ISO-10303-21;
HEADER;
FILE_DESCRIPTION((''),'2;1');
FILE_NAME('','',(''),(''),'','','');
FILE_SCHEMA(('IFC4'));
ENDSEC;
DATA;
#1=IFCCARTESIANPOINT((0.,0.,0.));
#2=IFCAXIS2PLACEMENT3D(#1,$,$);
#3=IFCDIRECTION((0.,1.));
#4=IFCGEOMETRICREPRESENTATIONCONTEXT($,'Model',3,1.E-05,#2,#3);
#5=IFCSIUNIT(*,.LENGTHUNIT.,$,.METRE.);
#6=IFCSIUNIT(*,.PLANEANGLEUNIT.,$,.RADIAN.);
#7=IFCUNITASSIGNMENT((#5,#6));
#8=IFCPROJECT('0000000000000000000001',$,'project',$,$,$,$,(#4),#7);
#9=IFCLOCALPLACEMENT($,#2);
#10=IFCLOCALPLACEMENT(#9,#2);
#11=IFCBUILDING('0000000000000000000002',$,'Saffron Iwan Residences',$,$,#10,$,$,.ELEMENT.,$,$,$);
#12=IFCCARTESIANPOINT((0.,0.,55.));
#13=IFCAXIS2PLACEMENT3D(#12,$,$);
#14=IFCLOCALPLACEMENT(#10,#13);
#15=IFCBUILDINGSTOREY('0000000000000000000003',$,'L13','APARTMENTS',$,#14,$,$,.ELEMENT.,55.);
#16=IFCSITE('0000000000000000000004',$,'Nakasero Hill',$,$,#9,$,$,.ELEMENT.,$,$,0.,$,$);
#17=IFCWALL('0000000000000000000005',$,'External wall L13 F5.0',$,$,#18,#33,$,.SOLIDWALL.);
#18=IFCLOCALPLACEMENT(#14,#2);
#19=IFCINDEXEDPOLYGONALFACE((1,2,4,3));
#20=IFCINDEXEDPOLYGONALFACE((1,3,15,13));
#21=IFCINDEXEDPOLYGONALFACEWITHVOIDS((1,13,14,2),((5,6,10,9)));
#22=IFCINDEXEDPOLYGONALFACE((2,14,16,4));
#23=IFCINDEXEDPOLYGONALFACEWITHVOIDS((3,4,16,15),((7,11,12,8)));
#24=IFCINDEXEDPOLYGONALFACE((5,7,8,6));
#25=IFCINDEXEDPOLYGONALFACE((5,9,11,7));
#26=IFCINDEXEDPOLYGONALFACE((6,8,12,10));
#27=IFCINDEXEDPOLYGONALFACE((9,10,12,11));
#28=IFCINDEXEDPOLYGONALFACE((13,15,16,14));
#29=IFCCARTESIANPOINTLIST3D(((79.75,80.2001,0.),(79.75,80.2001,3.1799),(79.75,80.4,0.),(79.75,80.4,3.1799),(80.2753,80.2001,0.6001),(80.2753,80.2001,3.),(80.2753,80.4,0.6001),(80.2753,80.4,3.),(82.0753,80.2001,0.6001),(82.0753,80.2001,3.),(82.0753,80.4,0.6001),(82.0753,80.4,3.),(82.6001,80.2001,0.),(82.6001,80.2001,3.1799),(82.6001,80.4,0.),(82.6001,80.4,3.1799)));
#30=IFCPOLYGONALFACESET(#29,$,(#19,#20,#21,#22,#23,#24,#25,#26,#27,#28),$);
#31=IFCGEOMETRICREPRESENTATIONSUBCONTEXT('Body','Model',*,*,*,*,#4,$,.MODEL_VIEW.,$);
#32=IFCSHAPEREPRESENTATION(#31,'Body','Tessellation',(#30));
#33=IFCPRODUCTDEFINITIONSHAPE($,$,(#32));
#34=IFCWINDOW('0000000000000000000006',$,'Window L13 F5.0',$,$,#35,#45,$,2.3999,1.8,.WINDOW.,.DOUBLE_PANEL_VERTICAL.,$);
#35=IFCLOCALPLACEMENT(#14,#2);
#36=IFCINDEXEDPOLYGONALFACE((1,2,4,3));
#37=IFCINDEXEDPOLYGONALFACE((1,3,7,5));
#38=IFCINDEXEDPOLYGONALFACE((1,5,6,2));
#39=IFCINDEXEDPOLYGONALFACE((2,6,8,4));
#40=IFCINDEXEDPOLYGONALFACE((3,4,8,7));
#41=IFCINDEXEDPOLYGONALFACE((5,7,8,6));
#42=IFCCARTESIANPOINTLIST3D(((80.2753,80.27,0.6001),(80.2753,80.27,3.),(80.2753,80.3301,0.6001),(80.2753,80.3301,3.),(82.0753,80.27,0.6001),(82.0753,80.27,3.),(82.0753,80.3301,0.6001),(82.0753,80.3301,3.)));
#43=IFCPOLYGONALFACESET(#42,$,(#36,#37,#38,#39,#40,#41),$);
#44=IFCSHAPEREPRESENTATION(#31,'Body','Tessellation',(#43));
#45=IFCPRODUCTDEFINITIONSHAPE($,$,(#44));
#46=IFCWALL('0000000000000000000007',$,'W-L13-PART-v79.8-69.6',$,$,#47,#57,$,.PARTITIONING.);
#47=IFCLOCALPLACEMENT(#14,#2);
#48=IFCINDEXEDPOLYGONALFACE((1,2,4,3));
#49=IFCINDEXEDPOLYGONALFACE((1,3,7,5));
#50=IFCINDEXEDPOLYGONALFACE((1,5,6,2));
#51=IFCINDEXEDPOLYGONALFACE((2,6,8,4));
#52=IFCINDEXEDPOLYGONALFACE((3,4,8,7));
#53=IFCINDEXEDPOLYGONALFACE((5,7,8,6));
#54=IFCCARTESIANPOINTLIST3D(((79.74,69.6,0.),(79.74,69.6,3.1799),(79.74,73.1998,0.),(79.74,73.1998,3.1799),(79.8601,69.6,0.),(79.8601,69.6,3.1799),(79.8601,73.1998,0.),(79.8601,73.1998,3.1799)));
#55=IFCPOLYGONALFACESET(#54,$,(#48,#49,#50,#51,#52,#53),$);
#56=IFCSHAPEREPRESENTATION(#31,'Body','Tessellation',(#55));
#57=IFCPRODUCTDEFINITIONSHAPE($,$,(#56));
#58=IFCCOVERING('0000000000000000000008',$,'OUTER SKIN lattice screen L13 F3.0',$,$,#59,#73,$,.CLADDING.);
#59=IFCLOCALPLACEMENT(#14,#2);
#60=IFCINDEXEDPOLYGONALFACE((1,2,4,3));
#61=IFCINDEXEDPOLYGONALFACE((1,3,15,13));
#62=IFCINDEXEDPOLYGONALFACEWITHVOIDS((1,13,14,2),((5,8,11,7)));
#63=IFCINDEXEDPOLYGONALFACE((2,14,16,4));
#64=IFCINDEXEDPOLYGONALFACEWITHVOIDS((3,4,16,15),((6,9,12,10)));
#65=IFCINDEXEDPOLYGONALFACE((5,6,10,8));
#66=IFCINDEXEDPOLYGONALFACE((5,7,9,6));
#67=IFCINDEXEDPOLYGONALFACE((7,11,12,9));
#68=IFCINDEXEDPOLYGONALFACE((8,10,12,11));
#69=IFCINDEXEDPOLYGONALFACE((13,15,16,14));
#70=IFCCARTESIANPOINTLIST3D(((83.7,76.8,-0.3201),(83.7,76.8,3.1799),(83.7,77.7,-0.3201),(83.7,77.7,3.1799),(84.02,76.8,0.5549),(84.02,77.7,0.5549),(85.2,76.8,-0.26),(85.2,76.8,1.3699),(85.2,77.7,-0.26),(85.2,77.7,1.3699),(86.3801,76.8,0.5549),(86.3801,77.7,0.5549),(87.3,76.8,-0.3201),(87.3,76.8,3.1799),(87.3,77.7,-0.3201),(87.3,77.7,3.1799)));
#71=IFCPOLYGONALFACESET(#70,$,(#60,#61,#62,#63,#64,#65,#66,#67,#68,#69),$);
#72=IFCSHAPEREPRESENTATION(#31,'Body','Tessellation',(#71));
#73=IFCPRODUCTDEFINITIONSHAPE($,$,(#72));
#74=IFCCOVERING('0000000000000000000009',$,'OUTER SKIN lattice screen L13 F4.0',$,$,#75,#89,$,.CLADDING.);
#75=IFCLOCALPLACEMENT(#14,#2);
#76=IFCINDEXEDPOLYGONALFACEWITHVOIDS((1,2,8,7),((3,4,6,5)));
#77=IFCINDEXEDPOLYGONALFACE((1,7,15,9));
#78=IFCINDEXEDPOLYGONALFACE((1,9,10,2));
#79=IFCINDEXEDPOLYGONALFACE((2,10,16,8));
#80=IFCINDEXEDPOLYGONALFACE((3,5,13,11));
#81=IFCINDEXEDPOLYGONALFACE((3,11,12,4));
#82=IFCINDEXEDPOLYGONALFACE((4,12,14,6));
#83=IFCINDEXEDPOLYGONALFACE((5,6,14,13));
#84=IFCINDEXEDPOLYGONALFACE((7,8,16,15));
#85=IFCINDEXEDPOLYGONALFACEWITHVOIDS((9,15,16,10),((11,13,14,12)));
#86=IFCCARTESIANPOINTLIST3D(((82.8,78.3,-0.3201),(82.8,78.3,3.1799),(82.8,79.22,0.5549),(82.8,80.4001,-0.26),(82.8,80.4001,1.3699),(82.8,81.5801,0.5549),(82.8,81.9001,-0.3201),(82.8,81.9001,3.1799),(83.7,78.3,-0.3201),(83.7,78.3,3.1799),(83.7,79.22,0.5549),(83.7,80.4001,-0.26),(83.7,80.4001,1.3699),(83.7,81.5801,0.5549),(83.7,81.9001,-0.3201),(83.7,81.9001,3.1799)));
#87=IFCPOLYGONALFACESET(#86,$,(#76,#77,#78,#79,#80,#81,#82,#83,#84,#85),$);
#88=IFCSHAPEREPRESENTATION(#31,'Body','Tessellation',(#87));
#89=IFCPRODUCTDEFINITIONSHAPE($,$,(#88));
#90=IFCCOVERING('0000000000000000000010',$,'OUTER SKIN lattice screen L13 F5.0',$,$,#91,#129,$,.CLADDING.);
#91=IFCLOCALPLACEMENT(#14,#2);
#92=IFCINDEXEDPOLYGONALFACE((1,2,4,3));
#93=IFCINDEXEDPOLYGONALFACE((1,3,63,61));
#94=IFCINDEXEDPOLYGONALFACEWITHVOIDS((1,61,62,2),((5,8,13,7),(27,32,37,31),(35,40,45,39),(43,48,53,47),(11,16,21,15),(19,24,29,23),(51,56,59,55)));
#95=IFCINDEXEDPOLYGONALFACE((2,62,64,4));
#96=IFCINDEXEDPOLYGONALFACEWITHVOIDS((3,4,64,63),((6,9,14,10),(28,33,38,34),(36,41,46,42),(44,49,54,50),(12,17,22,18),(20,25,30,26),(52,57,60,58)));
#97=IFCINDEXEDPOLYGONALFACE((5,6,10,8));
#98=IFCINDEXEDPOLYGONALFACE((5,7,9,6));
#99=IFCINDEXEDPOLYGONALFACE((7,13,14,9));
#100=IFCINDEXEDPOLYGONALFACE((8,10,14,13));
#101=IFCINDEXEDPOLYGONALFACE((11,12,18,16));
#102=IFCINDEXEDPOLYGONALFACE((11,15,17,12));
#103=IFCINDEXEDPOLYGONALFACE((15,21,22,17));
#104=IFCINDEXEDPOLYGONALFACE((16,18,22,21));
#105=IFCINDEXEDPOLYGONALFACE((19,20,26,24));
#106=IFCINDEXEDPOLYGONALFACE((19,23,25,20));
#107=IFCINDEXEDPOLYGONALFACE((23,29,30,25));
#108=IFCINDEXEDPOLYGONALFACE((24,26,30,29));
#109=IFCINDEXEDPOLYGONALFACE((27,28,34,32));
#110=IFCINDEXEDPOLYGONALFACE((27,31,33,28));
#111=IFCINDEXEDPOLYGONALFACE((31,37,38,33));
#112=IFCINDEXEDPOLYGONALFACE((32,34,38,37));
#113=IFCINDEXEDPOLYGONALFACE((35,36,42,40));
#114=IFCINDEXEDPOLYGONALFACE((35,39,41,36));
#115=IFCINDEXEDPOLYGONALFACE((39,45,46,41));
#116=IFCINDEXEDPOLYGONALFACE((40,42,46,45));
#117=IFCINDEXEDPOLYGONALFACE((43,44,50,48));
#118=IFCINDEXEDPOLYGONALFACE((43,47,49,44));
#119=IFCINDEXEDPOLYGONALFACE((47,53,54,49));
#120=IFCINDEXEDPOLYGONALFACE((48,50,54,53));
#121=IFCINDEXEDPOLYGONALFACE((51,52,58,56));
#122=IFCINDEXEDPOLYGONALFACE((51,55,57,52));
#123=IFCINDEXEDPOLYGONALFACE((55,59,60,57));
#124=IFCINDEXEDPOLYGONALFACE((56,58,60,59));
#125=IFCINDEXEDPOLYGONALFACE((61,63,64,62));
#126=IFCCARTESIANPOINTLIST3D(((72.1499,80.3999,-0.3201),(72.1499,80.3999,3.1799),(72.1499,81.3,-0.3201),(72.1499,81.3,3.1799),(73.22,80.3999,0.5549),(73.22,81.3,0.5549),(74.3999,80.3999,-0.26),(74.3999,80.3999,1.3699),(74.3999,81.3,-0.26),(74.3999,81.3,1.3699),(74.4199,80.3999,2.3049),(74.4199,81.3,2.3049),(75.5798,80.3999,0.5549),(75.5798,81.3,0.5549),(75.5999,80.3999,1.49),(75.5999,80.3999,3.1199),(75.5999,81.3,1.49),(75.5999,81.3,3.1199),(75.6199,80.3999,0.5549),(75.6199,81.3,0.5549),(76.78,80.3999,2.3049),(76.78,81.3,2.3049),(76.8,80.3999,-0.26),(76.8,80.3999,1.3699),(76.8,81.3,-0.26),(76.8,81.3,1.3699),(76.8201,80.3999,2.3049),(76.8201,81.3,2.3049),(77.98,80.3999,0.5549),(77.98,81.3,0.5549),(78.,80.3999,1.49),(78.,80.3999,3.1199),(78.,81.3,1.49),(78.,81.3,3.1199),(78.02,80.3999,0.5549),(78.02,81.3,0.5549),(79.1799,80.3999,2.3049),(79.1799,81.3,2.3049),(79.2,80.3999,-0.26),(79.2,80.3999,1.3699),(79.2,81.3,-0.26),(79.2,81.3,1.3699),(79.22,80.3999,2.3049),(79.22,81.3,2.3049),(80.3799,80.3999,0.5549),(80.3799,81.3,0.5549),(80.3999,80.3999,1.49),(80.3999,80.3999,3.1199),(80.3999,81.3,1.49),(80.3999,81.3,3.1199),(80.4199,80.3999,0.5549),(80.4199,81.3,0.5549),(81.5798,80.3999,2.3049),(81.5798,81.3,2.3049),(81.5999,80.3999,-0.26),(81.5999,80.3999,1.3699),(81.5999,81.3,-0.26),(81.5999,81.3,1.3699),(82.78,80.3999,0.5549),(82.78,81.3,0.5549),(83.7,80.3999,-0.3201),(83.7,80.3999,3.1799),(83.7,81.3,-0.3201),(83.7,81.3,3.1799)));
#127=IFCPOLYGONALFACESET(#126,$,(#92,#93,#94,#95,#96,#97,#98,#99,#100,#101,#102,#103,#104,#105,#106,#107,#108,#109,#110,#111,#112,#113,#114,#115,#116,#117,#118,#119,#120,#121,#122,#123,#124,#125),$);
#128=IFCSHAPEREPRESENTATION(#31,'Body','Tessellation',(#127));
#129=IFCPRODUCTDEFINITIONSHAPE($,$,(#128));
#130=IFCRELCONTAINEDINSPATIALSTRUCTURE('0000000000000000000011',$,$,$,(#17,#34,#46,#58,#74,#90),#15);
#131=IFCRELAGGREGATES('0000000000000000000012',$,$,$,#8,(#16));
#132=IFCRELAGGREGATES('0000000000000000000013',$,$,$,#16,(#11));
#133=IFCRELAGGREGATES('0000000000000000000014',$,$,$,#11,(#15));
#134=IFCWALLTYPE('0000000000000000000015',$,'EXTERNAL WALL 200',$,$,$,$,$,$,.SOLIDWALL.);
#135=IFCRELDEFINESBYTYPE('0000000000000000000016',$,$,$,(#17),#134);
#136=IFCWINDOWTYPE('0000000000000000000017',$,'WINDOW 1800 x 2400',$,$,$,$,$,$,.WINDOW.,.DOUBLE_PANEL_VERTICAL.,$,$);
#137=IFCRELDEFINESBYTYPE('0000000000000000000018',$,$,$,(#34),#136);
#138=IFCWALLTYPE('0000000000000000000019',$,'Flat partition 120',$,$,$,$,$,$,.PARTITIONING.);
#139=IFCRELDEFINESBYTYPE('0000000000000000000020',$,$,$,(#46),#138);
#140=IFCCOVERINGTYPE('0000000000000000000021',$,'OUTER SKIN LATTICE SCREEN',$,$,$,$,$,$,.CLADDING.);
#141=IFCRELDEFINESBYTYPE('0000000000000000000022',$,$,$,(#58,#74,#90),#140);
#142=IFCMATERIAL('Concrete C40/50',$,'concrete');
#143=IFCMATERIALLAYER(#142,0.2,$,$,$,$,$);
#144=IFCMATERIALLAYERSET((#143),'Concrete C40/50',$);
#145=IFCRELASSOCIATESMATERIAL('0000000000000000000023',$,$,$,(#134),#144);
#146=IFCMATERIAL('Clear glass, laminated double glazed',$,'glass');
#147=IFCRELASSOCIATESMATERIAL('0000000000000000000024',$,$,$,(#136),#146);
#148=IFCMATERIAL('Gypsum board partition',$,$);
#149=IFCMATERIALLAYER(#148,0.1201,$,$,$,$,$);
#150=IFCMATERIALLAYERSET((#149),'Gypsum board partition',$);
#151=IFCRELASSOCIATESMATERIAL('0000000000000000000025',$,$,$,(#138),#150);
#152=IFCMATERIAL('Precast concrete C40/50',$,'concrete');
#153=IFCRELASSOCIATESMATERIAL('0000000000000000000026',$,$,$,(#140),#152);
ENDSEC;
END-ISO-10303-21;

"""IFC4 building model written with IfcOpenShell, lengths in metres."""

from ifc_helpers import new_model, si_unit, direction, frame, frame_2d, origin, place, context, subcontext, project, spatial, polyline, rectangle, outline, extrude, material, layer, layer_set, type_object, element, fill, save


model = new_model("IFC4")

# Units and contexts
model_context = context("Model", 3, precision=1e-05, world=origin(), true_north=direction((0.0, 1.0)))
body_context = subcontext(model_context, "Body", "Model", "MODEL_VIEW")
ifc_project = project(units=[si_unit("LENGTHUNIT", "METRE"), si_unit("PLANEANGLEUNIT", "RADIAN")], contexts=[model_context])

# Site, building, storey
site_placement = place(None, origin())
site = spatial("IfcSite", under=ifc_project, at=site_placement, Name="Nakasero Hill", CompositionType="ELEMENT", RefElevation=0.0)
building_placement = place(site_placement, origin())
building = spatial("IfcBuilding", under=site, at=building_placement, Name="Saffron Iwan Residences", CompositionType="ELEMENT")
storey_placement = place(building_placement, frame((0.0, 0.0, 55.0)))
storey = spatial("IfcBuildingStorey", under=building, at=storey_placement, Name="L13", Description="APARTMENTS", CompositionType="ELEMENT", Elevation=55.0)

# Shared definitions
ifc_material_1 = material(Name="Concrete C40/50", Category="concrete")
ifc_layer_1 = layer(ifc_material_1, 0.2)
ifc_layer_set_1 = layer_set([ifc_layer_1], Name="Concrete C40/50")
wall_type_1 = type_object("IfcWallType", Name="EXTERNAL WALL 200", PredefinedType="SOLIDWALL", material=ifc_layer_set_1)
ifc_material_2 = material(Name="Clear glass, laminated double glazed", Category="glass")
window_type_1 = type_object("IfcWindowType", Name="WINDOW 1800 x 2400", PartitioningType="DOUBLE_PANEL_VERTICAL", PredefinedType="WINDOW", material=ifc_material_2)

# Wall, opening, window
wall_1_placement = place(storey_placement, frame((82.6001, 80.3, 0.0), z_axis=(0.0, 0.0, 1.0), x_axis=(-1.0, 0.0, 0.0)))
wall_1 = element("IfcWall", 1, at=wall_1_placement, inside=storey, type_object=wall_type_1, Name="External wall L13 F5.0", PredefinedType="SOLIDWALL", context=body_context, shape_type="SweptSolid", body=[
    extrude(rectangle(XDim=2.8501, YDim=0.2, at=frame_2d((1.425, 0.0))), origin(), (0.0, 0.0, 1.0), 3.1799),
])
opening_1_placement = place(wall_1_placement, frame((0.5249, 0.0, 0.6001)))
opening_1 = element("IfcOpeningElement", 2, at=opening_1_placement, cuts=wall_1, PredefinedType="OPENING", context=body_context, shape_type="SweptSolid", body=[
    extrude(rectangle(XDim=1.8, YDim=2.3999, at=frame_2d((0.8999, 1.2))), frame((0.0, 0.1099, 0.0), z_axis=(0.0, -1.0, 0.0), x_axis=(1.0, 0.0, 0.0)), (0.0, 0.0, 1.0), 0.22),
])
window_1_placement = place(opening_1_placement, origin())
window_1 = element("IfcWindow", 3, at=window_1_placement, inside=storey, type_object=window_type_1, Name="Window L13 F5.0", OverallHeight=2.3999, OverallWidth=1.8, PartitioningType="DOUBLE_PANEL_VERTICAL", PredefinedType="WINDOW", context=body_context, shape_type="SweptSolid", body=[
    extrude(rectangle(XDim=1.8, YDim=2.3999, at=frame_2d((0.8999, 1.2))), frame((0.0, 0.03, 0.0), z_axis=(0.0, -1.0, 0.0), x_axis=(1.0, 0.0, 0.0)), (0.0, 0.0, 1.0), 0.0601),
])
fill(opening_1, window_1)

# Wall
ifc_material_3 = material(Name="Gypsum board partition")
ifc_layer_2 = layer(ifc_material_3, 0.1201)
ifc_layer_set_2 = layer_set([ifc_layer_2], Name="Gypsum board partition")
wall_type_2 = type_object("IfcWallType", Name="Flat partition 120", PredefinedType="PARTITIONING", material=ifc_layer_set_2)
wall_2_placement = place(storey_placement, frame((79.8, 69.6001, 0.0), z_axis=(0.0, 0.0, 1.0), x_axis=(0.0, 1.0, 0.0)))
element("IfcWall", 4, at=wall_2_placement, inside=storey, type_object=wall_type_2, Name="W-L13-PART-v79.8-69.6", PredefinedType="PARTITIONING", context=body_context, shape_type="SweptSolid", body=[
    extrude(rectangle(XDim=3.5999, YDim=0.1201, at=frame_2d((1.7998, 0.0))), origin(), (0.0, 0.0, 1.0), 3.1799),
])

# Coverings
ifc_material_4 = material(Name="Precast concrete C40/50", Category="concrete")
covering_type = type_object("IfcCoveringType", Name="OUTER SKIN LATTICE SCREEN", PredefinedType="CLADDING", material=ifc_material_4)
for number, where, z_axis, x_axis, name in (
    (5, (87.3, 76.8, -0.3201), (0.0, 1.0, 0.0), (-1.0, 0.0, 0.0), "OUTER SKIN lattice screen L13 F3.0"),
    (6, (82.8, 78.3, -0.3201), (1.0, 0.0, 0.0), (0.0, 1.0, 0.0), "OUTER SKIN lattice screen L13 F4.0"),
):
    element("IfcCovering", number, at=place(storey_placement, frame(where, z_axis=z_axis, x_axis=x_axis)), inside=storey, type_object=covering_type, Name=name, PredefinedType="CLADDING", context=body_context, shape_type="SweptSolid", body=[
        extrude(outline(polyline([(0.0, 0.0), (3.6001, 0.0), (3.6001, 3.5), (0.0, 3.5), (0.0, 0.0)]), holes=[polyline([(0.9199, 0.875), (2.1001, 0.0601), (3.28, 0.875), (2.1001, 1.6899), (0.9199, 0.875)])]), origin(), (0.0, 0.0, 1.0), 0.8999),
    ])
covering_placement = place(storey_placement, frame((83.7, 80.3999, -0.3201), z_axis=(0.0, 1.0, 0.0), x_axis=(-1.0, 0.0, 0.0)))
element("IfcCovering", 7, at=covering_placement, inside=storey, type_object=covering_type, Name="OUTER SKIN lattice screen L13 F5.0", PredefinedType="CLADDING", context=body_context, shape_type="SweptSolid", body=[
    extrude(outline(polyline([(0.0, 0.0), (11.55, 0.0), (11.55, 3.5), (0.0, 3.5), (0.0, 0.0)]), holes=[polyline([(0.9199, 0.875), (2.1001, 0.0601), (3.28, 0.875), (2.1001, 1.6899), (0.9199, 0.875)]), polyline([(3.3201, 0.875), (4.5, 0.0601), (5.6799, 0.875), (4.5, 1.6899), (3.3201, 0.875)]), polyline([(5.72, 0.875), (6.8999, 0.0601), (8.0801, 0.875), (6.8999, 1.6899), (5.72, 0.875)]), polyline([(8.1201, 0.875), (9.3, 0.0601), (10.48, 0.875), (9.3, 1.6899), (8.1201, 0.875)]), polyline([(2.1201, 2.625), (3.3, 1.8101), (4.48, 2.625), (3.3, 3.4399), (2.1201, 2.625)]), polyline([(4.52, 2.625), (5.7, 1.8101), (6.8799, 2.625), (5.7, 3.4399), (4.52, 2.625)]), polyline([(6.9199, 2.625), (8.1001, 1.8101), (9.28, 2.625), (8.1001, 3.4399), (6.9199, 2.625)])]), origin(), (0.0, 0.0, 1.0), 0.9001),
])

save(model, "model.ifc")
